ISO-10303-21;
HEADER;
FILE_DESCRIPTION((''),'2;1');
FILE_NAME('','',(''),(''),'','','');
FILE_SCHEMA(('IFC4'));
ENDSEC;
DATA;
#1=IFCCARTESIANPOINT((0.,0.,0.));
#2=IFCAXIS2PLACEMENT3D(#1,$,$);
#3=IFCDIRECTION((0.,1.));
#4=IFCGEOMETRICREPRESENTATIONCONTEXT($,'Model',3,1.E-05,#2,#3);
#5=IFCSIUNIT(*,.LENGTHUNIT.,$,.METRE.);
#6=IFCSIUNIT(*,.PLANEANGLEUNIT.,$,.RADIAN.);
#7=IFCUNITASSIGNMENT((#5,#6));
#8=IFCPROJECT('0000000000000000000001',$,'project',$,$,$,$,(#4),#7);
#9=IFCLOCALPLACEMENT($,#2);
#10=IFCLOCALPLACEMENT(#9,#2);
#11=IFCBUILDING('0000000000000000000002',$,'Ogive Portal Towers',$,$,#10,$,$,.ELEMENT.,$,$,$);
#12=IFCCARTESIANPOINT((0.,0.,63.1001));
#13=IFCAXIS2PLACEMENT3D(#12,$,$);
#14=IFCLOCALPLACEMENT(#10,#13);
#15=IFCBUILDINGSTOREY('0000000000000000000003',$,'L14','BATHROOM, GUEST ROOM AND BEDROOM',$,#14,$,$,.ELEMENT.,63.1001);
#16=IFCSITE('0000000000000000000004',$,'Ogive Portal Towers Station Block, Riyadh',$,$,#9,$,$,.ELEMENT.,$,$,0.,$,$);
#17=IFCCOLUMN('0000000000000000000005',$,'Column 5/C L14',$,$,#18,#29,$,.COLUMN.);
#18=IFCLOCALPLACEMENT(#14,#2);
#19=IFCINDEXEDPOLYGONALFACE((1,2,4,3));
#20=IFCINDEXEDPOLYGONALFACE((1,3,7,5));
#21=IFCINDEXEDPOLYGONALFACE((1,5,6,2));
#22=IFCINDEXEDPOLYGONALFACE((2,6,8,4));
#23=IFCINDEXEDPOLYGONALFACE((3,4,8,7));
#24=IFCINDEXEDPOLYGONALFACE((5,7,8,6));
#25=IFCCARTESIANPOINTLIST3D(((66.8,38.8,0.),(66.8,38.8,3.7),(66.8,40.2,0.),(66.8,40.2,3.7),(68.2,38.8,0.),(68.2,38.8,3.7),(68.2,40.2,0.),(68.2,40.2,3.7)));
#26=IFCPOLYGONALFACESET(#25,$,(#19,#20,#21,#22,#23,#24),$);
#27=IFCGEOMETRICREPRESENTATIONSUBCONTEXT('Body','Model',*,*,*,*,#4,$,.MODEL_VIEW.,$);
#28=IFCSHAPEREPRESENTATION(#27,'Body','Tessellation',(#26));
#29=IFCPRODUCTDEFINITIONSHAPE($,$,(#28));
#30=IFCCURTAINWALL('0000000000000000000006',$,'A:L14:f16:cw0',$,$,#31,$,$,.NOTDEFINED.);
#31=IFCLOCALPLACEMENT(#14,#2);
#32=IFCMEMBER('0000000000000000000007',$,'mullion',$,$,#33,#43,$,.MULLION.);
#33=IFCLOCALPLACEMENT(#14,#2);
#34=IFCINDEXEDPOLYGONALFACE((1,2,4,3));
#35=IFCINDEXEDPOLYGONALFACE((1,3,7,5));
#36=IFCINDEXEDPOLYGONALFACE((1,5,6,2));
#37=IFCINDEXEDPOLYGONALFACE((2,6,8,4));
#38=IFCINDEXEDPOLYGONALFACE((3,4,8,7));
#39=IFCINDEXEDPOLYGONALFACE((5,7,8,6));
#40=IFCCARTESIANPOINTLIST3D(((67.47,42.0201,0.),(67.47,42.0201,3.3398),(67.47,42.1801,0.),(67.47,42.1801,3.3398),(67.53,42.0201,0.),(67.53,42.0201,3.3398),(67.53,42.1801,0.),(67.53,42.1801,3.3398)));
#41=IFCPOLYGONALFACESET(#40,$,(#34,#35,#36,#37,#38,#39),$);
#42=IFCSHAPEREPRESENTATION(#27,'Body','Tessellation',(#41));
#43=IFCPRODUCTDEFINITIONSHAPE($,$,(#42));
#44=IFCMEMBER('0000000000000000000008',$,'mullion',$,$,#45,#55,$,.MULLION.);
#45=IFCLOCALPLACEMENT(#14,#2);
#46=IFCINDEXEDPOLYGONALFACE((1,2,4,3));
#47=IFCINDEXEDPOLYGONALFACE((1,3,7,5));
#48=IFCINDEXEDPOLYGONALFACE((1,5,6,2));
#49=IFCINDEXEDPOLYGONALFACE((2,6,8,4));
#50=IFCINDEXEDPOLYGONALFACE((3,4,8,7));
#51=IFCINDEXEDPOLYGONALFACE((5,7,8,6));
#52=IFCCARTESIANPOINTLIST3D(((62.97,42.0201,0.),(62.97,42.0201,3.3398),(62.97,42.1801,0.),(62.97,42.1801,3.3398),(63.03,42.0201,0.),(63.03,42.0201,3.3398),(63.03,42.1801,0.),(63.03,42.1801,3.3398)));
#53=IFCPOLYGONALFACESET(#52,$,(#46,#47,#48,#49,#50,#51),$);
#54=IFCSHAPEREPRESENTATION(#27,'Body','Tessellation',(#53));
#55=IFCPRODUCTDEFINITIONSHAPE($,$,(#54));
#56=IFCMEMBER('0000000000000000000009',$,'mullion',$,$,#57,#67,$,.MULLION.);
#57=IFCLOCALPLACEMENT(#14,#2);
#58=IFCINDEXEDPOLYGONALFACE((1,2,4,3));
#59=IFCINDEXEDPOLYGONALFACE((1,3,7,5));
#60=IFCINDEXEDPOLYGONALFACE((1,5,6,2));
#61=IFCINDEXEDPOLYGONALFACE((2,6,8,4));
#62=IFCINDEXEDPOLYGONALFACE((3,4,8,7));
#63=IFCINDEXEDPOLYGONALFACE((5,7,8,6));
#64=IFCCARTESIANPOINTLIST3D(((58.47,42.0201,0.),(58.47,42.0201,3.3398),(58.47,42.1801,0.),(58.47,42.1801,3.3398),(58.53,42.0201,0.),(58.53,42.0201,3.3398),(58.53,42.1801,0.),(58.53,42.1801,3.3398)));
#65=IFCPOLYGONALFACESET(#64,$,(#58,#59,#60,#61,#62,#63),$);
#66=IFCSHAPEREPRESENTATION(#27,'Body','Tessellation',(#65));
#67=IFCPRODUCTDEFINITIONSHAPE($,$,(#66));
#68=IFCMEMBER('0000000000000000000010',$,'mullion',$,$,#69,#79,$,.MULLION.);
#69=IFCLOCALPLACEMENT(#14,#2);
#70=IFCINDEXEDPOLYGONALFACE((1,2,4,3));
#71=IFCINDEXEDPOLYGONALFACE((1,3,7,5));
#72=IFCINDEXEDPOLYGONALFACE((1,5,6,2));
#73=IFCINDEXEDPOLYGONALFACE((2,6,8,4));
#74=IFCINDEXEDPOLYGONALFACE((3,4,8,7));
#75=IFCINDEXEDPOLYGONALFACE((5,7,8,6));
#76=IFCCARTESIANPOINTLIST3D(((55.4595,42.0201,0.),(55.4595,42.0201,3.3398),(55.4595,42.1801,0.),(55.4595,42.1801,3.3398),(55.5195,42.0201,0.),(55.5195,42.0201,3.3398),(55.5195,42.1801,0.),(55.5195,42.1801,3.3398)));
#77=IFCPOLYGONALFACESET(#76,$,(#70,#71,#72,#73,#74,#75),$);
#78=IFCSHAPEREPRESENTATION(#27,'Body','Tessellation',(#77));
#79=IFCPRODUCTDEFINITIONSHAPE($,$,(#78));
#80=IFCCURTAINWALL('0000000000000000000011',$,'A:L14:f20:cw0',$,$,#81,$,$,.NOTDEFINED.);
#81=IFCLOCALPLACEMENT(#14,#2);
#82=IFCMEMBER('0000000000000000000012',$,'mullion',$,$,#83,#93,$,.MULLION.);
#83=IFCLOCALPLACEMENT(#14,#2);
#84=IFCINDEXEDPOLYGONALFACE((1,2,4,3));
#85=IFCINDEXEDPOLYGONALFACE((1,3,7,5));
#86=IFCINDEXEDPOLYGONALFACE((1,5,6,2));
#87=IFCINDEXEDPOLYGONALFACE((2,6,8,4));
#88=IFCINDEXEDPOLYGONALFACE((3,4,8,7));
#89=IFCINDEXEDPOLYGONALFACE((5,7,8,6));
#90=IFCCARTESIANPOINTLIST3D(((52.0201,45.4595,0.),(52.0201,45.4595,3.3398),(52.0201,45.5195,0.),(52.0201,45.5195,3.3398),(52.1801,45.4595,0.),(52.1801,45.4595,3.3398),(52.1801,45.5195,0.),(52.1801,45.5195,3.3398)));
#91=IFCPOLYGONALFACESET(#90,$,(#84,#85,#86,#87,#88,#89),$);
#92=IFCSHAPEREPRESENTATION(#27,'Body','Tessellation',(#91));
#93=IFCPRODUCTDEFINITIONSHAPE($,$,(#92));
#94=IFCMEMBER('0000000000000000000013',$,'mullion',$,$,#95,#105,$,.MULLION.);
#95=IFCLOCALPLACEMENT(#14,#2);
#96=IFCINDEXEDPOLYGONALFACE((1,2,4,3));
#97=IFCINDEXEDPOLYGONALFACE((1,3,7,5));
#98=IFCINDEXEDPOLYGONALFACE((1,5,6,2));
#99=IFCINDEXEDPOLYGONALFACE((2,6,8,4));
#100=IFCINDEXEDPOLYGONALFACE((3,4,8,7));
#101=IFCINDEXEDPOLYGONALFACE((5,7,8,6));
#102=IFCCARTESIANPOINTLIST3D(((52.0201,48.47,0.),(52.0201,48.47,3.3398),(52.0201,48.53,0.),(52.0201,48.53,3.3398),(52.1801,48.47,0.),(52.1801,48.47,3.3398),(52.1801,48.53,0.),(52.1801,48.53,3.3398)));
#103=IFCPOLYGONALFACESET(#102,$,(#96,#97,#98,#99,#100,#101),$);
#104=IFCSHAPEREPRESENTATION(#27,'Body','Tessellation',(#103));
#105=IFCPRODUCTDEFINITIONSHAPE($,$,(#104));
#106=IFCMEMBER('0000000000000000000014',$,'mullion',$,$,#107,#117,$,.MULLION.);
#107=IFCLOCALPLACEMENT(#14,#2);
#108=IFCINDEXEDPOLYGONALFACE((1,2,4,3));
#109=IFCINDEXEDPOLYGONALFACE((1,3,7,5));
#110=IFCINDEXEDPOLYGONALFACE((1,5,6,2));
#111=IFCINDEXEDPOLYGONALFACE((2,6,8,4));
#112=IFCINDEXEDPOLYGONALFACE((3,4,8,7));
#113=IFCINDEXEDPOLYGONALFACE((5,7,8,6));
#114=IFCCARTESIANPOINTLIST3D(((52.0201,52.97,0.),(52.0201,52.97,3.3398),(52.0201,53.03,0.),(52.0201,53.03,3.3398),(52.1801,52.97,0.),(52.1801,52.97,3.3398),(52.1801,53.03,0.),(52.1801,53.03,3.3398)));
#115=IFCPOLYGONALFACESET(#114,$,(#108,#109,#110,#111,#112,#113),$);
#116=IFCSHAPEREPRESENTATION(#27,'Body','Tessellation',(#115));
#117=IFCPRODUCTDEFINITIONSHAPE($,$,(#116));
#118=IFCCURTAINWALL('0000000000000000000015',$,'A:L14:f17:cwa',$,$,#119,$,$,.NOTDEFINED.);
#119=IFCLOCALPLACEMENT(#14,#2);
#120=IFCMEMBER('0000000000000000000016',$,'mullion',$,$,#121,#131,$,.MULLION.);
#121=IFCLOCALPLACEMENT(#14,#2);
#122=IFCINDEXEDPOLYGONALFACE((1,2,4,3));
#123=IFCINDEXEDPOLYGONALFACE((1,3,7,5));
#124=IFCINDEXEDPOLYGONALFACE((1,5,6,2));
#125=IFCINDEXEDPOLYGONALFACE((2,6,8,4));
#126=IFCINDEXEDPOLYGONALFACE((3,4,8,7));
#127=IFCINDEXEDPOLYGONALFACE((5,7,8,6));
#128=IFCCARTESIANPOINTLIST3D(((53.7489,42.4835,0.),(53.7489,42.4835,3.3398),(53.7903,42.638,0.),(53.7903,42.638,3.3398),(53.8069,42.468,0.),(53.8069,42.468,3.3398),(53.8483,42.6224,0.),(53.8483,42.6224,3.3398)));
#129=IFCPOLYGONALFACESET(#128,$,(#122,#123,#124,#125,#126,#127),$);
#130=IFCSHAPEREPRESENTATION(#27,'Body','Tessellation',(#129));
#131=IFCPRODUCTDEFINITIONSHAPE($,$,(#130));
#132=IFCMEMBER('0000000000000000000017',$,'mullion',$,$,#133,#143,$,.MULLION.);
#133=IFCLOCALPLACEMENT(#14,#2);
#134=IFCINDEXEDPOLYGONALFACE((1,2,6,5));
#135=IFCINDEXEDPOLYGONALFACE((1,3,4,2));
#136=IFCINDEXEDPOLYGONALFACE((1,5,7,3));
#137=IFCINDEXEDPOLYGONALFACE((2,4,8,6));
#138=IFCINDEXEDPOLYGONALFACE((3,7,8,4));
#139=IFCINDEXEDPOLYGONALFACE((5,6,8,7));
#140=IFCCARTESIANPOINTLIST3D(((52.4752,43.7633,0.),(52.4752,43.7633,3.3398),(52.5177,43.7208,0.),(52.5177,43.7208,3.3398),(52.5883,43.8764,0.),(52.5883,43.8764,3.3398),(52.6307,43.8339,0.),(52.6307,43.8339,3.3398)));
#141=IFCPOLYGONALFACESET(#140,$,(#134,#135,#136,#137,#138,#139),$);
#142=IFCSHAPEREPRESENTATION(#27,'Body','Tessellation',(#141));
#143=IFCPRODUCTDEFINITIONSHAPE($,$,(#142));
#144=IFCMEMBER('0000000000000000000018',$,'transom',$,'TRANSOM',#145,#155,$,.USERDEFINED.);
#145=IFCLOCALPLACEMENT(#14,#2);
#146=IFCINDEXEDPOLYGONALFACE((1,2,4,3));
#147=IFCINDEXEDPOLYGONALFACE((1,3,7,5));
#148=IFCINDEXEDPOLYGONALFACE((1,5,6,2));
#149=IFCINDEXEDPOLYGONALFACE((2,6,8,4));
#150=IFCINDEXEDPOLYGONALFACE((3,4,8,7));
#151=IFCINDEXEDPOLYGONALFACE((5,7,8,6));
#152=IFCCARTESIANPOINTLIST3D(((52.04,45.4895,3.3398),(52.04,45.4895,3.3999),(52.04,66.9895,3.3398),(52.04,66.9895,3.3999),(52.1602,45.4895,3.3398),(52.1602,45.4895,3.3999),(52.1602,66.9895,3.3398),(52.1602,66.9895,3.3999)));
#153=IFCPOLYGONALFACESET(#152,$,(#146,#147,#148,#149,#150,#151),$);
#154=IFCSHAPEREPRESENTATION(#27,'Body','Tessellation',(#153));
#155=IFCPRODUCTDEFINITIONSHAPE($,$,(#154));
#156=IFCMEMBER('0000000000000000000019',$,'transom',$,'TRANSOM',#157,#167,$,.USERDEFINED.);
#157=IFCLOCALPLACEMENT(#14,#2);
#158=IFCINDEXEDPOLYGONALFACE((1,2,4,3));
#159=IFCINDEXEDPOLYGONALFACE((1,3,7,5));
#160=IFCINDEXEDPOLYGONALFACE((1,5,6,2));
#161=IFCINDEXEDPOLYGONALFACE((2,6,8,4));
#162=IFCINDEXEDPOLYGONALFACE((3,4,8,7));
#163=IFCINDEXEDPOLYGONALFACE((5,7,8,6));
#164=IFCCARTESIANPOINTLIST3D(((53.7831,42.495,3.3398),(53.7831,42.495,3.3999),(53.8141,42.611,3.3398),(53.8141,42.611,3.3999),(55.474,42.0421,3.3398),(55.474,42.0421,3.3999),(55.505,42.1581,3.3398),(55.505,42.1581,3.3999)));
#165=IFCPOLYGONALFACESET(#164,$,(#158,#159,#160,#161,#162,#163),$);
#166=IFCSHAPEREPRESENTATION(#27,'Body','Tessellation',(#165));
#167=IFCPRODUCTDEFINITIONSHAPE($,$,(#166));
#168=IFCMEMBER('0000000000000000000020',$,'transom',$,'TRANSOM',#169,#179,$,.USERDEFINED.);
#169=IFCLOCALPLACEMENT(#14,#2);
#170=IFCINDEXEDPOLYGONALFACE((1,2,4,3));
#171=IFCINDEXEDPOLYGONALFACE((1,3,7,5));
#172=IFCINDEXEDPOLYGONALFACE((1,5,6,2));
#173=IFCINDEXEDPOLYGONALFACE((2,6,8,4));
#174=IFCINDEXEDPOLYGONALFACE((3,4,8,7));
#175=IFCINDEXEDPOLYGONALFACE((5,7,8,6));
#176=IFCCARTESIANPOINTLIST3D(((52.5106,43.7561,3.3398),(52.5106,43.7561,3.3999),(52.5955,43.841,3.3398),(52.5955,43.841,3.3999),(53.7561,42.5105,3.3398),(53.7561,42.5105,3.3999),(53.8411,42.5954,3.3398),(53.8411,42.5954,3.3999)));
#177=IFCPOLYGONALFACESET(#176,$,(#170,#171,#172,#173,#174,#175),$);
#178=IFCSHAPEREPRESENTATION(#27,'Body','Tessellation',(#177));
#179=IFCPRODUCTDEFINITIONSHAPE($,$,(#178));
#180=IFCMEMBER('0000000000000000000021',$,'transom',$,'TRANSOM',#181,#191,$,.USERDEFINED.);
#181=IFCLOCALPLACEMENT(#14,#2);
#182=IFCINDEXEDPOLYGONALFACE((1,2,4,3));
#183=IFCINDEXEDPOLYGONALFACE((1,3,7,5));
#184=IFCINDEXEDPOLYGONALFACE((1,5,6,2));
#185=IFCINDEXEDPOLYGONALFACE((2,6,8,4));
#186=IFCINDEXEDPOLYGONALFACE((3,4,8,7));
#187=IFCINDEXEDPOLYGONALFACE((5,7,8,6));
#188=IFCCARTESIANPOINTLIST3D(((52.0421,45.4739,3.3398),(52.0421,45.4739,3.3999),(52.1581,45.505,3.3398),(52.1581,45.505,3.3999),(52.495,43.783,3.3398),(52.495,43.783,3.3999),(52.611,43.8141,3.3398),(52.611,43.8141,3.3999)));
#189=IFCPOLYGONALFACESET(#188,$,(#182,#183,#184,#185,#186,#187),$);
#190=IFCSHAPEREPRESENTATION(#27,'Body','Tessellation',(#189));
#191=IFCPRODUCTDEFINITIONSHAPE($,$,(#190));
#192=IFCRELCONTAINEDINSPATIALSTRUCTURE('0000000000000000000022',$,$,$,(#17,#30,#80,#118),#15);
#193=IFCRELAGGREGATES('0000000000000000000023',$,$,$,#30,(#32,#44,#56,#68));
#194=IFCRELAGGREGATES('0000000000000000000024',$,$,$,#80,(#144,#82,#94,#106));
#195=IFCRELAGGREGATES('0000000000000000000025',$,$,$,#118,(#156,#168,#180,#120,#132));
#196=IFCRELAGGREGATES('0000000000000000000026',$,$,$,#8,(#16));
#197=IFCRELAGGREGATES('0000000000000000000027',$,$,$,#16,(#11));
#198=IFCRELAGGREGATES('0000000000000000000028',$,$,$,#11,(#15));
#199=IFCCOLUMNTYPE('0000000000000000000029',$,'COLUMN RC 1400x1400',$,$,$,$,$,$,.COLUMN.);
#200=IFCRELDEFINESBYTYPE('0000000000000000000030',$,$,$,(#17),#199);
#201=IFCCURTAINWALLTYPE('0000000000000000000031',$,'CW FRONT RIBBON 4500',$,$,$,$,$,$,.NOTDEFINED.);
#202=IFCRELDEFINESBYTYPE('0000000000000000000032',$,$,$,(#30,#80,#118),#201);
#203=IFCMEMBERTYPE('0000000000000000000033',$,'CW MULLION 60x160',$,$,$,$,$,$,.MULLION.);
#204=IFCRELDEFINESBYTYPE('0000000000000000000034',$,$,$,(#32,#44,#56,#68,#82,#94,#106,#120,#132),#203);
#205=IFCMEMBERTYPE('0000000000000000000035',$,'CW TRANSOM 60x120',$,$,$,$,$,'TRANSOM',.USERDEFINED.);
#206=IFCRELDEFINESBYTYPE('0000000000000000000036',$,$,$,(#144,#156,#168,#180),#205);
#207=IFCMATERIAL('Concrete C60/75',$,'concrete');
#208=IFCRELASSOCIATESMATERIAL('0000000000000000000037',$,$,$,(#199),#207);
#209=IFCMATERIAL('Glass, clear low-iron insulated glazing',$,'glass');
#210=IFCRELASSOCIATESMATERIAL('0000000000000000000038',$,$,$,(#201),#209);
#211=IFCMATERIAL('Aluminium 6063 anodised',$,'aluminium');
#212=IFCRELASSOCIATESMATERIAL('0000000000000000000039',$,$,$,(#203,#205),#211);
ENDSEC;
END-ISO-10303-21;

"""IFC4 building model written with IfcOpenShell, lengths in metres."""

from ifc_helpers import new_model, si_unit, direction, frame, origin, origin_2d, place, context, subcontext, project, spatial, rectangle, extrude, material, material_profile, profile_set, type_object, element, aggregate, save


model = new_model("IFC4")

# Units and contexts
model_context = context("Model", 3, precision=1e-05, world=origin(), true_north=direction((0.0, 1.0)))
body_context = subcontext(model_context, "Body", "Model", "MODEL_VIEW")
ifc_project = project(units=[si_unit("LENGTHUNIT", "METRE"), si_unit("PLANEANGLEUNIT", "RADIAN")], contexts=[model_context])

# Site, building, storey
site_placement = place(None, origin())
site = spatial("IfcSite", under=ifc_project, at=site_placement, Name="Ogive Portal Towers Station Block, Riyadh", CompositionType="ELEMENT", RefElevation=0.0)
building_placement = place(site_placement, origin())
building = spatial("IfcBuilding", under=site, at=building_placement, Name="Ogive Portal Towers", CompositionType="ELEMENT")
storey_placement = place(building_placement, frame((0.0, 0.0, 63.1001)))
storey = spatial("IfcBuildingStorey", under=building, at=storey_placement, Name="L14", Description="BATHROOM, GUEST ROOM AND BEDROOM", CompositionType="ELEMENT", Elevation=63.1001)

# Column
ifc_material_1 = material(Name="Concrete C60/75", Category="concrete")
ifc_material_profile_1 = material_profile(ifc_material_1, rectangle(XDim=1.3999, YDim=1.3999, at=origin_2d()), Name="RC 1400x1400")
ifc_profile_set_1 = profile_set([ifc_material_profile_1], Name="Concrete C60/75")
column_type = type_object("IfcColumnType", Name="COLUMN RC 1400x1400", PredefinedType="COLUMN", material=ifc_profile_set_1)
column_placement = place(storey_placement, frame((67.5, 39.5, 0.0), z_axis=(0.0, 0.0, 1.0), x_axis=(1.0, 0.0, 0.0)))
element("IfcColumn", 1, at=column_placement, inside=storey, type_object=column_type, Name="Column 5/C L14", PredefinedType="COLUMN", context=body_context, shape_type="SweptSolid", body=[
    extrude(rectangle(XDim=1.3999, YDim=1.3999, at=origin_2d()), origin(), (0.0, 0.0, 1.0), 3.7),
])

# Curtain walls, members
ifc_material_2 = material(Name="Glass, clear low-iron insulated glazing", Category="glass")
curtain_wall_type = type_object("IfcCurtainWallType", Name="CW FRONT RIBBON 4500", PredefinedType="NOTDEFINED", material=ifc_material_2)
curtain_wall_1_placement = place(storey_placement, origin())
curtain_wall_1 = element("IfcCurtainWall", 2, at=curtain_wall_1_placement, inside=storey, type_object=curtain_wall_type, Name="A:L14:f16:cw0", PredefinedType="NOTDEFINED")
ifc_material_3 = material(Name="Aluminium 6063 anodised", Category="aluminium")
ifc_material_profile_2 = material_profile(ifc_material_3, rectangle(XDim=0.1599, YDim=0.0601, at=origin_2d()), Name="AL 60x160")
ifc_profile_set_2 = profile_set([ifc_material_profile_2], Name="Aluminium 6063 anodised")
member_type_1 = type_object("IfcMemberType", Name="CW MULLION 60x160", PredefinedType="MULLION", material=ifc_profile_set_2)
member_1_placement = place(storey_placement, frame((67.5, 42.1001, 0.0), z_axis=(0.0, 0.0, 1.0), x_axis=(0.0, -1.0, 0.0)))
member_1 = element("IfcMember", 3, at=member_1_placement, type_object=member_type_1, Name="mullion", PredefinedType="MULLION", context=body_context, shape_type="SweptSolid", body=[
    extrude(rectangle(XDim=0.1599, YDim=0.0601, at=origin_2d()), origin(), (0.0, 0.0, 1.0), 3.3398),
])
member_2_placement = place(storey_placement, frame((63.0, 42.1001, 0.0), z_axis=(0.0, 0.0, 1.0), x_axis=(0.0, -1.0, 0.0)))
member_2 = element("IfcMember", 4, at=member_2_placement, type_object=member_type_1, Name="mullion", PredefinedType="MULLION", context=body_context, shape_type="SweptSolid", body=[
    extrude(rectangle(XDim=0.1599, YDim=0.0601, at=origin_2d()), origin(), (0.0, 0.0, 1.0), 3.3398),
])
member_3_placement = place(storey_placement, frame((58.5, 42.1001, 0.0), z_axis=(0.0, 0.0, 1.0), x_axis=(0.0, -1.0, 0.0)))
member_3 = element("IfcMember", 5, at=member_3_placement, type_object=member_type_1, Name="mullion", PredefinedType="MULLION", context=body_context, shape_type="SweptSolid", body=[
    extrude(rectangle(XDim=0.1599, YDim=0.0601, at=origin_2d()), origin(), (0.0, 0.0, 1.0), 3.3398),
])
member_4_placement = place(storey_placement, frame((55.4895, 42.1001, 0.0), z_axis=(0.0, 0.0, 1.0), x_axis=(0.0, -1.0, 0.0)))
member_4 = element("IfcMember", 6, at=member_4_placement, type_object=member_type_1, Name="mullion", PredefinedType="MULLION", context=body_context, shape_type="SweptSolid", body=[
    extrude(rectangle(XDim=0.1599, YDim=0.0601, at=origin_2d()), origin(), (0.0, 0.0, 1.0), 3.3398),
])
curtain_wall_2_placement = place(storey_placement, origin())
curtain_wall_2 = element("IfcCurtainWall", 7, at=curtain_wall_2_placement, inside=storey, type_object=curtain_wall_type, Name="A:L14:f20:cw0", PredefinedType="NOTDEFINED")
member_5_placement = place(storey_placement, frame((52.1001, 45.4895, 0.0), z_axis=(0.0, 0.0, 1.0), x_axis=(-1.0, 0.0, 0.0)))
member_5 = element("IfcMember", 8, at=member_5_placement, type_object=member_type_1, Name="mullion", PredefinedType="MULLION", context=body_context, shape_type="SweptSolid", body=[
    extrude(rectangle(XDim=0.1599, YDim=0.0601, at=origin_2d()), origin(), (0.0, 0.0, 1.0), 3.3398),
])
member_6_placement = place(storey_placement, frame((52.1001, 48.5, 0.0), z_axis=(0.0, 0.0, 1.0), x_axis=(-1.0, 0.0, 0.0)))
member_6 = element("IfcMember", 9, at=member_6_placement, type_object=member_type_1, Name="mullion", PredefinedType="MULLION", context=body_context, shape_type="SweptSolid", body=[
    extrude(rectangle(XDim=0.1599, YDim=0.0601, at=origin_2d()), origin(), (0.0, 0.0, 1.0), 3.3398),
])
member_7_placement = place(storey_placement, frame((52.1001, 53.0, 0.0), z_axis=(0.0, 0.0, 1.0), x_axis=(-1.0, 0.0, 0.0)))
member_7 = element("IfcMember", 10, at=member_7_placement, type_object=member_type_1, Name="mullion", PredefinedType="MULLION", context=body_context, shape_type="SweptSolid", body=[
    extrude(rectangle(XDim=0.1599, YDim=0.0601, at=origin_2d()), origin(), (0.0, 0.0, 1.0), 3.3398),
])
curtain_wall_3_placement = place(storey_placement, origin())
curtain_wall_3 = element("IfcCurtainWall", 11, at=curtain_wall_3_placement, inside=storey, type_object=curtain_wall_type, Name="A:L14:f17:cwa", PredefinedType="NOTDEFINED")
member_8_placement = place(storey_placement, frame((53.7986, 42.553, 0.0), z_axis=(0.0, 0.0, 1.0), x_axis=(-0.258819, -0.965926, 0.0)))
member_8 = element("IfcMember", 12, at=member_8_placement, type_object=member_type_1, Name="mullion", PredefinedType="MULLION", context=body_context, shape_type="SweptSolid", body=[
    extrude(rectangle(XDim=0.1599, YDim=0.0601, at=origin_2d()), origin(), (0.0, 0.0, 1.0), 3.3398),
])
member_9_placement = place(storey_placement, frame((52.553, 43.7986, 0.0), z_axis=(0.0, 0.0, 1.0), x_axis=(-0.707107, -0.707107, 0.0)))
member_9 = element("IfcMember", 13, at=member_9_placement, type_object=member_type_1, Name="mullion", PredefinedType="MULLION", context=body_context, shape_type="SweptSolid", body=[
    extrude(rectangle(XDim=0.1599, YDim=0.0601, at=origin_2d()), origin(), (0.0, 0.0, 1.0), 3.3398),
])

# Members
ifc_material_profile_3 = material_profile(ifc_material_3, rectangle(XDim=0.1201, YDim=0.0601, at=origin_2d()), Name="AL 120x60")
ifc_profile_set_3 = profile_set([ifc_material_profile_3], Name="Aluminium 6063 anodised")
member_type_2 = type_object("IfcMemberType", Name="CW TRANSOM 60x120", ElementType="TRANSOM", PredefinedType="USERDEFINED", material=ifc_profile_set_3)
member_10_placement = place(storey_placement, frame((52.1001, 45.4895, 3.3699), z_axis=(0.0, 1.0, 0.0), x_axis=(-1.0, 0.0, 0.0)))
member_10 = element("IfcMember", 14, at=member_10_placement, type_object=member_type_2, Name="transom", ObjectType="TRANSOM", PredefinedType="USERDEFINED", context=body_context, shape_type="SweptSolid", body=[
    extrude(rectangle(XDim=0.1201, YDim=0.0601, at=origin_2d()), origin(), (0.0, 0.0, 1.0), 21.5),
])
member_11_placement = place(storey_placement, frame((55.4895, 42.1001, 3.3699), z_axis=(-0.965954, 0.258713, 0.0), x_axis=(-0.258713, -0.965954, 0.0)))
member_11 = element("IfcMember", 15, at=member_11_placement, type_object=member_type_2, Name="transom", ObjectType="TRANSOM", PredefinedType="USERDEFINED", context=body_context, shape_type="SweptSolid", body=[
    extrude(rectangle(XDim=0.1201, YDim=0.0601, at=origin_2d()), origin(), (0.0, 0.0, 1.0), 1.7505),
])
member_12_placement = place(storey_placement, frame((53.7986, 42.553, 3.3699), z_axis=(-0.707107, 0.707107, 0.0), x_axis=(-0.707107, -0.707107, 0.0)))
member_12 = element("IfcMember", 16, at=member_12_placement, type_object=member_type_2, Name="transom", ObjectType="TRANSOM", PredefinedType="USERDEFINED", context=body_context, shape_type="SweptSolid", body=[
    extrude(rectangle(XDim=0.1201, YDim=0.0601, at=origin_2d()), origin(), (0.0, 0.0, 1.0), 1.7615),
])
member_13_placement = place(storey_placement, frame((52.553, 43.7986, 3.3699), z_axis=(-0.258713, 0.965954, 0.0), x_axis=(-0.965954, -0.258713, 0.0)))
member_13 = element("IfcMember", 17, at=member_13_placement, type_object=member_type_2, Name="transom", ObjectType="TRANSOM", PredefinedType="USERDEFINED", context=body_context, shape_type="SweptSolid", body=[
    extrude(rectangle(XDim=0.1201, YDim=0.0601, at=origin_2d()), origin(), (0.0, 0.0, 1.0), 1.7505),
])

aggregate(curtain_wall_1, [member_1, member_2, member_3, member_4])
aggregate(curtain_wall_2, [member_10, member_5, member_6, member_7])
aggregate(curtain_wall_3, [member_11, member_12, member_13, member_8, member_9])

save(model, "model.ifc")
